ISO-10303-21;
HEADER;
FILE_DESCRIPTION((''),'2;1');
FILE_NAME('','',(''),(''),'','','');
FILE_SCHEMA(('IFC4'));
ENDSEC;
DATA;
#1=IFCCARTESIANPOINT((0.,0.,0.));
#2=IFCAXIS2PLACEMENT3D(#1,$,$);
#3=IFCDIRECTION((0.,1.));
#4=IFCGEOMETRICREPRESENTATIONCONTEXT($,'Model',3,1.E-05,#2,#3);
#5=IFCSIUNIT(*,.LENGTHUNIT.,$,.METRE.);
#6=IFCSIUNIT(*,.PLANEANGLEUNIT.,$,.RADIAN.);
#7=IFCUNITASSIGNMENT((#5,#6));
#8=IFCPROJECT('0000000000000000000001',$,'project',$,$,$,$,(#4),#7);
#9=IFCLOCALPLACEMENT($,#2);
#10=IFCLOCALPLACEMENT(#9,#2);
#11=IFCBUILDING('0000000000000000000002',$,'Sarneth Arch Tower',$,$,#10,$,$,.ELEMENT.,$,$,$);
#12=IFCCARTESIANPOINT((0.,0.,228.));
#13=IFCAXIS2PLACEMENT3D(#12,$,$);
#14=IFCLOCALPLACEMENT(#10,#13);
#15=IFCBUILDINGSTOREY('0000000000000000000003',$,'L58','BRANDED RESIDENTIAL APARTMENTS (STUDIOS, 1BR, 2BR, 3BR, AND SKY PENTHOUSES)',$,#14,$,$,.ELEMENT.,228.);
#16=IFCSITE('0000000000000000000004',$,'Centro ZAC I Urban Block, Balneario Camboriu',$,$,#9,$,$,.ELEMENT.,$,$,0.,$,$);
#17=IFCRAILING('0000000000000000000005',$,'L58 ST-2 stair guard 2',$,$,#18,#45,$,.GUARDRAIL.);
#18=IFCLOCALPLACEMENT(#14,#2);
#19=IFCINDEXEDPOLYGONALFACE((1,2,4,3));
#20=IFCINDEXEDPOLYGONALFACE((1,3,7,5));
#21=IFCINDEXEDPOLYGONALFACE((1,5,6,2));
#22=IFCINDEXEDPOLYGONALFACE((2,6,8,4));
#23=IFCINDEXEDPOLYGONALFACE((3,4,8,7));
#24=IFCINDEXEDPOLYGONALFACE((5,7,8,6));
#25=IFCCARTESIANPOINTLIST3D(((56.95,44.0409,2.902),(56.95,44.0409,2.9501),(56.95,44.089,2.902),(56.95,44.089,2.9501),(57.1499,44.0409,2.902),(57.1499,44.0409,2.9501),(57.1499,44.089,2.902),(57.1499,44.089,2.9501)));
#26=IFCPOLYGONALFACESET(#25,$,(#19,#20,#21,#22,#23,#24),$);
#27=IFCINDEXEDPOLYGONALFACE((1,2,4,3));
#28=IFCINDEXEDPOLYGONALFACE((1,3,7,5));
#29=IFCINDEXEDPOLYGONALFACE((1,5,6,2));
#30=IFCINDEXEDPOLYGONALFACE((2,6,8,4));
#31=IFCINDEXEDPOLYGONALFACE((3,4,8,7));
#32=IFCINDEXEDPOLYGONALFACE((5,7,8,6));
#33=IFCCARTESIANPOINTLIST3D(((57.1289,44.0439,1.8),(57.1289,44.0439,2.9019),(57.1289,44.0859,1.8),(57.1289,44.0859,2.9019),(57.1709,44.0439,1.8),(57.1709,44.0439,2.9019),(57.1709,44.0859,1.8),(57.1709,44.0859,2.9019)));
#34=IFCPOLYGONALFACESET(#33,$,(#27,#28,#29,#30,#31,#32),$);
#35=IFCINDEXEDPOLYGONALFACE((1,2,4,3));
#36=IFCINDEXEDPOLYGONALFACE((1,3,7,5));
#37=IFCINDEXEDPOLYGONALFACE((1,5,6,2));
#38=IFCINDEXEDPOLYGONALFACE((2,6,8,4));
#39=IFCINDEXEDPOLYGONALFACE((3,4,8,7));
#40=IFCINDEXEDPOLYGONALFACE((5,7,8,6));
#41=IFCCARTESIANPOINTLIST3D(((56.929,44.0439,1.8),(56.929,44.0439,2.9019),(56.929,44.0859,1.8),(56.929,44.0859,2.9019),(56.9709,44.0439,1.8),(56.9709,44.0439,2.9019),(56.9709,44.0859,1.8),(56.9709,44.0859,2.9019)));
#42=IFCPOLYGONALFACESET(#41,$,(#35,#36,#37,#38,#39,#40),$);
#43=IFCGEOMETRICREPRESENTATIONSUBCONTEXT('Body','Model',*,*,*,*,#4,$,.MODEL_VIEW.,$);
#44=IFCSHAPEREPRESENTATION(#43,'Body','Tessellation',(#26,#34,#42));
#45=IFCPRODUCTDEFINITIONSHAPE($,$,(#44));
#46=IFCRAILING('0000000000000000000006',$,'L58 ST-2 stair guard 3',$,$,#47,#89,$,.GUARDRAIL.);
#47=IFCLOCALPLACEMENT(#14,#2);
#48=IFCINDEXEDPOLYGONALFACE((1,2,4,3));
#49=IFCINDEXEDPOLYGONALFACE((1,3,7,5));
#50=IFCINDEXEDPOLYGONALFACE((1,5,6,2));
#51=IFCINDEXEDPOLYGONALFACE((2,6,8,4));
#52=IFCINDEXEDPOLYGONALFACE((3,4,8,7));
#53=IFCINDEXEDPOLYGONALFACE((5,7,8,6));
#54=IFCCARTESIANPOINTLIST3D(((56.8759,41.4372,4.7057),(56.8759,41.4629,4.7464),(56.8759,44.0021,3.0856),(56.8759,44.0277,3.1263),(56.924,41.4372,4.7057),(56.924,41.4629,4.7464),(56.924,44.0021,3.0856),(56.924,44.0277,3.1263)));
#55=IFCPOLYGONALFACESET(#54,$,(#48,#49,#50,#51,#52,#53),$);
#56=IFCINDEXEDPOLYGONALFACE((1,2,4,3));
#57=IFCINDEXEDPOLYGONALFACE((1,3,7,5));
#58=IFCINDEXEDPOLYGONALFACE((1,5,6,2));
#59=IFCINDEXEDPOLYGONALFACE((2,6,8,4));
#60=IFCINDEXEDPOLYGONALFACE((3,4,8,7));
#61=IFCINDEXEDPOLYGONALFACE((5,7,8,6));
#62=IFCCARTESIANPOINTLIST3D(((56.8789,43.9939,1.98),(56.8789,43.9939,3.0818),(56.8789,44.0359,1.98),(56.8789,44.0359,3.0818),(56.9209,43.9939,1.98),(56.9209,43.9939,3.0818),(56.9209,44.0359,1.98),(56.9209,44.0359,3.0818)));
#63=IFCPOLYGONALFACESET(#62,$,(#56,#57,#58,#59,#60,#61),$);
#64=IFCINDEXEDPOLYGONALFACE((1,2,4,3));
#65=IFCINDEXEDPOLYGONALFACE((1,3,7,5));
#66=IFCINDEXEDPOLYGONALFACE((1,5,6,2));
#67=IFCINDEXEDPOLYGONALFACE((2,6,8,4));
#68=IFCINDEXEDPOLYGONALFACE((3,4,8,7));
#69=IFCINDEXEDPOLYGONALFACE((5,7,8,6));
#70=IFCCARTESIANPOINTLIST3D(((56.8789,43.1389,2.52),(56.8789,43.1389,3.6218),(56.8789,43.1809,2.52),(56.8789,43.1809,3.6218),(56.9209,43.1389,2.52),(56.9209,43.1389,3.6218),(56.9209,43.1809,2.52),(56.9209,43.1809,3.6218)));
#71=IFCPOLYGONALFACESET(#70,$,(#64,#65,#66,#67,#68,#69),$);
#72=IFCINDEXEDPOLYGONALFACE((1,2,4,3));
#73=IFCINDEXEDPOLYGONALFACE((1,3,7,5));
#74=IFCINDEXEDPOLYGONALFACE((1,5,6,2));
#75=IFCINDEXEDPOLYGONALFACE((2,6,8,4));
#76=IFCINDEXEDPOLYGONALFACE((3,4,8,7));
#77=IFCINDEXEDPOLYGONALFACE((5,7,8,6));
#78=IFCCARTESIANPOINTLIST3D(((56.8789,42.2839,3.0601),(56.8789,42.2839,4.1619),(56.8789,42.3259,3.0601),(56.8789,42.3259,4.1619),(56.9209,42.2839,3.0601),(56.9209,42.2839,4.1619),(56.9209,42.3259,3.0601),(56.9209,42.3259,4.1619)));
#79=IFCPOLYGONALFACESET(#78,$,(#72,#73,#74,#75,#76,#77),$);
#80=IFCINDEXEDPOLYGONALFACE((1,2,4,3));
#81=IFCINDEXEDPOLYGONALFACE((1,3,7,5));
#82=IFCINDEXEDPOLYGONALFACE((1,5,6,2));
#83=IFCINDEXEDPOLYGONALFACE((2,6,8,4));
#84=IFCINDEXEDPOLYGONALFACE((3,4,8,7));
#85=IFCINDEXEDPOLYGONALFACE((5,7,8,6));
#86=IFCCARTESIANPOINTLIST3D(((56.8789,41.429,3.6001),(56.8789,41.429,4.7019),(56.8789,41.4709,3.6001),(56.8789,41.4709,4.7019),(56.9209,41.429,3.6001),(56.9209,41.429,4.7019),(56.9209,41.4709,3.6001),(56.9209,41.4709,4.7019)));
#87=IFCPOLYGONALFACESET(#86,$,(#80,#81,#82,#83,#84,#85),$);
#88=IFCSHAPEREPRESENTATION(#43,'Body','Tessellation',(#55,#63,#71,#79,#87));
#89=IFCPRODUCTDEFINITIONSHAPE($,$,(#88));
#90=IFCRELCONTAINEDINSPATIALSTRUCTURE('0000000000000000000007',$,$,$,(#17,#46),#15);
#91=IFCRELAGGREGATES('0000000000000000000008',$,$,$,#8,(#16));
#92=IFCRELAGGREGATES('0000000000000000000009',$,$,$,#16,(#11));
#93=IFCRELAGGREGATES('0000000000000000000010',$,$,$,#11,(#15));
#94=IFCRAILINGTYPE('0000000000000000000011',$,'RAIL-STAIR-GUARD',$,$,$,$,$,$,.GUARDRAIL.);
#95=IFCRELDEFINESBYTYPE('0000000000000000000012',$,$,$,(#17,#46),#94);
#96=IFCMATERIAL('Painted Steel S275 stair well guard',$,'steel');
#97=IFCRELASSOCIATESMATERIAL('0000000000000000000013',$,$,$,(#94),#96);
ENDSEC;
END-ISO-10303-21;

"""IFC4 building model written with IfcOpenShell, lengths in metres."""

from ifc_helpers import new_model, si_unit, direction, frame, origin, origin_2d, place, context, subcontext, project, spatial, rectangle, extrude, material, type_object, element, save


model = new_model("IFC4")

# Units and contexts
model_context = context("Model", 3, precision=1e-05, world=origin(), true_north=direction((0.0, 1.0)))
body_context = subcontext(model_context, "Body", "Model", "MODEL_VIEW")
ifc_project = project(units=[si_unit("LENGTHUNIT", "METRE"), si_unit("PLANEANGLEUNIT", "RADIAN")], contexts=[model_context])

# Site, building, storey
site_placement = place(None, origin())
site = spatial("IfcSite", under=ifc_project, at=site_placement, Name="Centro ZAC I Urban Block, Balneario Camboriu", CompositionType="ELEMENT", RefElevation=0.0)
building_placement = place(site_placement, origin())
building = spatial("IfcBuilding", under=site, at=building_placement, Name="Sarneth Arch Tower", CompositionType="ELEMENT")
storey_placement = place(building_placement, frame((0.0, 0.0, 228.0)))
storey = spatial("IfcBuildingStorey", under=building, at=storey_placement, Name="L58", Description="BRANDED RESIDENTIAL APARTMENTS (STUDIOS, 1BR, 2BR, 3BR, AND SKY PENTHOUSES)", CompositionType="ELEMENT", Elevation=228.0)

# Railings
ifc_material_1 = material(Name="Painted Steel S275 stair well guard", Category="steel")
railing_type_1 = type_object("IfcRailingType", Name="RAIL-STAIR-GUARD", PredefinedType="GUARDRAIL", material=ifc_material_1)
railing_1_placement = place(storey_placement, frame((57.1499, 44.0649, 1.8)))
element("IfcRailing", 1, at=railing_1_placement, inside=storey, type_object=railing_type_1, Name="L58 ST-2 stair guard 2", PredefinedType="GUARDRAIL", context=body_context, shape_type="SweptSolid", body=[
    extrude(rectangle(XDim=0.0481, YDim=0.0481, at=origin_2d()), frame((0.0, 0.0, 1.126), z_axis=(-1.0, 0.0, 0.0), x_axis=(0.0, -1.0, 0.0)), (0.0, 0.0, 1.0), 0.2),
    extrude(rectangle(XDim=0.042, YDim=0.042, at=origin_2d()), origin(), (0.0, 0.0, 1.0), 1.1018),
    extrude(rectangle(XDim=0.042, YDim=0.042, at=origin_2d()), frame((-0.2, 0.0, 0.0)), (0.0, 0.0, 1.0), 1.1018),
])
railing_2_placement = place(storey_placement, frame((56.8999, 44.0149, 1.98)))
element("IfcRailing", 2, at=railing_2_placement, inside=storey, type_object=railing_type_1, Name="L58 ST-2 stair guard 3", PredefinedType="GUARDRAIL", context=body_context, shape_type="SweptSolid", body=[
    extrude(rectangle(XDim=0.0481, YDim=0.0481, at=origin_2d()), frame((0.0, 0.0, 1.126), z_axis=(0.0, -0.845466, 0.534029), x_axis=(1.0, 0.0, 0.0)), (0.0, 0.0, 1.0), 3.0337),
    extrude(rectangle(XDim=0.042, YDim=0.042, at=origin_2d()), origin(), (0.0, 0.0, 1.0), 1.1018),
    extrude(rectangle(XDim=0.042, YDim=0.042, at=origin_2d()), frame((0.0, -0.855, 0.54)), (0.0, 0.0, 1.0), 1.1018),
    extrude(rectangle(XDim=0.042, YDim=0.042, at=origin_2d()), frame((0.0, -1.71, 1.0801)), (0.0, 0.0, 1.0), 1.1018),
    extrude(rectangle(XDim=0.042, YDim=0.042, at=origin_2d()), frame((0.0, -2.5649, 1.6201)), (0.0, 0.0, 1.0), 1.1018),
])

save(model, "model.ifc")
